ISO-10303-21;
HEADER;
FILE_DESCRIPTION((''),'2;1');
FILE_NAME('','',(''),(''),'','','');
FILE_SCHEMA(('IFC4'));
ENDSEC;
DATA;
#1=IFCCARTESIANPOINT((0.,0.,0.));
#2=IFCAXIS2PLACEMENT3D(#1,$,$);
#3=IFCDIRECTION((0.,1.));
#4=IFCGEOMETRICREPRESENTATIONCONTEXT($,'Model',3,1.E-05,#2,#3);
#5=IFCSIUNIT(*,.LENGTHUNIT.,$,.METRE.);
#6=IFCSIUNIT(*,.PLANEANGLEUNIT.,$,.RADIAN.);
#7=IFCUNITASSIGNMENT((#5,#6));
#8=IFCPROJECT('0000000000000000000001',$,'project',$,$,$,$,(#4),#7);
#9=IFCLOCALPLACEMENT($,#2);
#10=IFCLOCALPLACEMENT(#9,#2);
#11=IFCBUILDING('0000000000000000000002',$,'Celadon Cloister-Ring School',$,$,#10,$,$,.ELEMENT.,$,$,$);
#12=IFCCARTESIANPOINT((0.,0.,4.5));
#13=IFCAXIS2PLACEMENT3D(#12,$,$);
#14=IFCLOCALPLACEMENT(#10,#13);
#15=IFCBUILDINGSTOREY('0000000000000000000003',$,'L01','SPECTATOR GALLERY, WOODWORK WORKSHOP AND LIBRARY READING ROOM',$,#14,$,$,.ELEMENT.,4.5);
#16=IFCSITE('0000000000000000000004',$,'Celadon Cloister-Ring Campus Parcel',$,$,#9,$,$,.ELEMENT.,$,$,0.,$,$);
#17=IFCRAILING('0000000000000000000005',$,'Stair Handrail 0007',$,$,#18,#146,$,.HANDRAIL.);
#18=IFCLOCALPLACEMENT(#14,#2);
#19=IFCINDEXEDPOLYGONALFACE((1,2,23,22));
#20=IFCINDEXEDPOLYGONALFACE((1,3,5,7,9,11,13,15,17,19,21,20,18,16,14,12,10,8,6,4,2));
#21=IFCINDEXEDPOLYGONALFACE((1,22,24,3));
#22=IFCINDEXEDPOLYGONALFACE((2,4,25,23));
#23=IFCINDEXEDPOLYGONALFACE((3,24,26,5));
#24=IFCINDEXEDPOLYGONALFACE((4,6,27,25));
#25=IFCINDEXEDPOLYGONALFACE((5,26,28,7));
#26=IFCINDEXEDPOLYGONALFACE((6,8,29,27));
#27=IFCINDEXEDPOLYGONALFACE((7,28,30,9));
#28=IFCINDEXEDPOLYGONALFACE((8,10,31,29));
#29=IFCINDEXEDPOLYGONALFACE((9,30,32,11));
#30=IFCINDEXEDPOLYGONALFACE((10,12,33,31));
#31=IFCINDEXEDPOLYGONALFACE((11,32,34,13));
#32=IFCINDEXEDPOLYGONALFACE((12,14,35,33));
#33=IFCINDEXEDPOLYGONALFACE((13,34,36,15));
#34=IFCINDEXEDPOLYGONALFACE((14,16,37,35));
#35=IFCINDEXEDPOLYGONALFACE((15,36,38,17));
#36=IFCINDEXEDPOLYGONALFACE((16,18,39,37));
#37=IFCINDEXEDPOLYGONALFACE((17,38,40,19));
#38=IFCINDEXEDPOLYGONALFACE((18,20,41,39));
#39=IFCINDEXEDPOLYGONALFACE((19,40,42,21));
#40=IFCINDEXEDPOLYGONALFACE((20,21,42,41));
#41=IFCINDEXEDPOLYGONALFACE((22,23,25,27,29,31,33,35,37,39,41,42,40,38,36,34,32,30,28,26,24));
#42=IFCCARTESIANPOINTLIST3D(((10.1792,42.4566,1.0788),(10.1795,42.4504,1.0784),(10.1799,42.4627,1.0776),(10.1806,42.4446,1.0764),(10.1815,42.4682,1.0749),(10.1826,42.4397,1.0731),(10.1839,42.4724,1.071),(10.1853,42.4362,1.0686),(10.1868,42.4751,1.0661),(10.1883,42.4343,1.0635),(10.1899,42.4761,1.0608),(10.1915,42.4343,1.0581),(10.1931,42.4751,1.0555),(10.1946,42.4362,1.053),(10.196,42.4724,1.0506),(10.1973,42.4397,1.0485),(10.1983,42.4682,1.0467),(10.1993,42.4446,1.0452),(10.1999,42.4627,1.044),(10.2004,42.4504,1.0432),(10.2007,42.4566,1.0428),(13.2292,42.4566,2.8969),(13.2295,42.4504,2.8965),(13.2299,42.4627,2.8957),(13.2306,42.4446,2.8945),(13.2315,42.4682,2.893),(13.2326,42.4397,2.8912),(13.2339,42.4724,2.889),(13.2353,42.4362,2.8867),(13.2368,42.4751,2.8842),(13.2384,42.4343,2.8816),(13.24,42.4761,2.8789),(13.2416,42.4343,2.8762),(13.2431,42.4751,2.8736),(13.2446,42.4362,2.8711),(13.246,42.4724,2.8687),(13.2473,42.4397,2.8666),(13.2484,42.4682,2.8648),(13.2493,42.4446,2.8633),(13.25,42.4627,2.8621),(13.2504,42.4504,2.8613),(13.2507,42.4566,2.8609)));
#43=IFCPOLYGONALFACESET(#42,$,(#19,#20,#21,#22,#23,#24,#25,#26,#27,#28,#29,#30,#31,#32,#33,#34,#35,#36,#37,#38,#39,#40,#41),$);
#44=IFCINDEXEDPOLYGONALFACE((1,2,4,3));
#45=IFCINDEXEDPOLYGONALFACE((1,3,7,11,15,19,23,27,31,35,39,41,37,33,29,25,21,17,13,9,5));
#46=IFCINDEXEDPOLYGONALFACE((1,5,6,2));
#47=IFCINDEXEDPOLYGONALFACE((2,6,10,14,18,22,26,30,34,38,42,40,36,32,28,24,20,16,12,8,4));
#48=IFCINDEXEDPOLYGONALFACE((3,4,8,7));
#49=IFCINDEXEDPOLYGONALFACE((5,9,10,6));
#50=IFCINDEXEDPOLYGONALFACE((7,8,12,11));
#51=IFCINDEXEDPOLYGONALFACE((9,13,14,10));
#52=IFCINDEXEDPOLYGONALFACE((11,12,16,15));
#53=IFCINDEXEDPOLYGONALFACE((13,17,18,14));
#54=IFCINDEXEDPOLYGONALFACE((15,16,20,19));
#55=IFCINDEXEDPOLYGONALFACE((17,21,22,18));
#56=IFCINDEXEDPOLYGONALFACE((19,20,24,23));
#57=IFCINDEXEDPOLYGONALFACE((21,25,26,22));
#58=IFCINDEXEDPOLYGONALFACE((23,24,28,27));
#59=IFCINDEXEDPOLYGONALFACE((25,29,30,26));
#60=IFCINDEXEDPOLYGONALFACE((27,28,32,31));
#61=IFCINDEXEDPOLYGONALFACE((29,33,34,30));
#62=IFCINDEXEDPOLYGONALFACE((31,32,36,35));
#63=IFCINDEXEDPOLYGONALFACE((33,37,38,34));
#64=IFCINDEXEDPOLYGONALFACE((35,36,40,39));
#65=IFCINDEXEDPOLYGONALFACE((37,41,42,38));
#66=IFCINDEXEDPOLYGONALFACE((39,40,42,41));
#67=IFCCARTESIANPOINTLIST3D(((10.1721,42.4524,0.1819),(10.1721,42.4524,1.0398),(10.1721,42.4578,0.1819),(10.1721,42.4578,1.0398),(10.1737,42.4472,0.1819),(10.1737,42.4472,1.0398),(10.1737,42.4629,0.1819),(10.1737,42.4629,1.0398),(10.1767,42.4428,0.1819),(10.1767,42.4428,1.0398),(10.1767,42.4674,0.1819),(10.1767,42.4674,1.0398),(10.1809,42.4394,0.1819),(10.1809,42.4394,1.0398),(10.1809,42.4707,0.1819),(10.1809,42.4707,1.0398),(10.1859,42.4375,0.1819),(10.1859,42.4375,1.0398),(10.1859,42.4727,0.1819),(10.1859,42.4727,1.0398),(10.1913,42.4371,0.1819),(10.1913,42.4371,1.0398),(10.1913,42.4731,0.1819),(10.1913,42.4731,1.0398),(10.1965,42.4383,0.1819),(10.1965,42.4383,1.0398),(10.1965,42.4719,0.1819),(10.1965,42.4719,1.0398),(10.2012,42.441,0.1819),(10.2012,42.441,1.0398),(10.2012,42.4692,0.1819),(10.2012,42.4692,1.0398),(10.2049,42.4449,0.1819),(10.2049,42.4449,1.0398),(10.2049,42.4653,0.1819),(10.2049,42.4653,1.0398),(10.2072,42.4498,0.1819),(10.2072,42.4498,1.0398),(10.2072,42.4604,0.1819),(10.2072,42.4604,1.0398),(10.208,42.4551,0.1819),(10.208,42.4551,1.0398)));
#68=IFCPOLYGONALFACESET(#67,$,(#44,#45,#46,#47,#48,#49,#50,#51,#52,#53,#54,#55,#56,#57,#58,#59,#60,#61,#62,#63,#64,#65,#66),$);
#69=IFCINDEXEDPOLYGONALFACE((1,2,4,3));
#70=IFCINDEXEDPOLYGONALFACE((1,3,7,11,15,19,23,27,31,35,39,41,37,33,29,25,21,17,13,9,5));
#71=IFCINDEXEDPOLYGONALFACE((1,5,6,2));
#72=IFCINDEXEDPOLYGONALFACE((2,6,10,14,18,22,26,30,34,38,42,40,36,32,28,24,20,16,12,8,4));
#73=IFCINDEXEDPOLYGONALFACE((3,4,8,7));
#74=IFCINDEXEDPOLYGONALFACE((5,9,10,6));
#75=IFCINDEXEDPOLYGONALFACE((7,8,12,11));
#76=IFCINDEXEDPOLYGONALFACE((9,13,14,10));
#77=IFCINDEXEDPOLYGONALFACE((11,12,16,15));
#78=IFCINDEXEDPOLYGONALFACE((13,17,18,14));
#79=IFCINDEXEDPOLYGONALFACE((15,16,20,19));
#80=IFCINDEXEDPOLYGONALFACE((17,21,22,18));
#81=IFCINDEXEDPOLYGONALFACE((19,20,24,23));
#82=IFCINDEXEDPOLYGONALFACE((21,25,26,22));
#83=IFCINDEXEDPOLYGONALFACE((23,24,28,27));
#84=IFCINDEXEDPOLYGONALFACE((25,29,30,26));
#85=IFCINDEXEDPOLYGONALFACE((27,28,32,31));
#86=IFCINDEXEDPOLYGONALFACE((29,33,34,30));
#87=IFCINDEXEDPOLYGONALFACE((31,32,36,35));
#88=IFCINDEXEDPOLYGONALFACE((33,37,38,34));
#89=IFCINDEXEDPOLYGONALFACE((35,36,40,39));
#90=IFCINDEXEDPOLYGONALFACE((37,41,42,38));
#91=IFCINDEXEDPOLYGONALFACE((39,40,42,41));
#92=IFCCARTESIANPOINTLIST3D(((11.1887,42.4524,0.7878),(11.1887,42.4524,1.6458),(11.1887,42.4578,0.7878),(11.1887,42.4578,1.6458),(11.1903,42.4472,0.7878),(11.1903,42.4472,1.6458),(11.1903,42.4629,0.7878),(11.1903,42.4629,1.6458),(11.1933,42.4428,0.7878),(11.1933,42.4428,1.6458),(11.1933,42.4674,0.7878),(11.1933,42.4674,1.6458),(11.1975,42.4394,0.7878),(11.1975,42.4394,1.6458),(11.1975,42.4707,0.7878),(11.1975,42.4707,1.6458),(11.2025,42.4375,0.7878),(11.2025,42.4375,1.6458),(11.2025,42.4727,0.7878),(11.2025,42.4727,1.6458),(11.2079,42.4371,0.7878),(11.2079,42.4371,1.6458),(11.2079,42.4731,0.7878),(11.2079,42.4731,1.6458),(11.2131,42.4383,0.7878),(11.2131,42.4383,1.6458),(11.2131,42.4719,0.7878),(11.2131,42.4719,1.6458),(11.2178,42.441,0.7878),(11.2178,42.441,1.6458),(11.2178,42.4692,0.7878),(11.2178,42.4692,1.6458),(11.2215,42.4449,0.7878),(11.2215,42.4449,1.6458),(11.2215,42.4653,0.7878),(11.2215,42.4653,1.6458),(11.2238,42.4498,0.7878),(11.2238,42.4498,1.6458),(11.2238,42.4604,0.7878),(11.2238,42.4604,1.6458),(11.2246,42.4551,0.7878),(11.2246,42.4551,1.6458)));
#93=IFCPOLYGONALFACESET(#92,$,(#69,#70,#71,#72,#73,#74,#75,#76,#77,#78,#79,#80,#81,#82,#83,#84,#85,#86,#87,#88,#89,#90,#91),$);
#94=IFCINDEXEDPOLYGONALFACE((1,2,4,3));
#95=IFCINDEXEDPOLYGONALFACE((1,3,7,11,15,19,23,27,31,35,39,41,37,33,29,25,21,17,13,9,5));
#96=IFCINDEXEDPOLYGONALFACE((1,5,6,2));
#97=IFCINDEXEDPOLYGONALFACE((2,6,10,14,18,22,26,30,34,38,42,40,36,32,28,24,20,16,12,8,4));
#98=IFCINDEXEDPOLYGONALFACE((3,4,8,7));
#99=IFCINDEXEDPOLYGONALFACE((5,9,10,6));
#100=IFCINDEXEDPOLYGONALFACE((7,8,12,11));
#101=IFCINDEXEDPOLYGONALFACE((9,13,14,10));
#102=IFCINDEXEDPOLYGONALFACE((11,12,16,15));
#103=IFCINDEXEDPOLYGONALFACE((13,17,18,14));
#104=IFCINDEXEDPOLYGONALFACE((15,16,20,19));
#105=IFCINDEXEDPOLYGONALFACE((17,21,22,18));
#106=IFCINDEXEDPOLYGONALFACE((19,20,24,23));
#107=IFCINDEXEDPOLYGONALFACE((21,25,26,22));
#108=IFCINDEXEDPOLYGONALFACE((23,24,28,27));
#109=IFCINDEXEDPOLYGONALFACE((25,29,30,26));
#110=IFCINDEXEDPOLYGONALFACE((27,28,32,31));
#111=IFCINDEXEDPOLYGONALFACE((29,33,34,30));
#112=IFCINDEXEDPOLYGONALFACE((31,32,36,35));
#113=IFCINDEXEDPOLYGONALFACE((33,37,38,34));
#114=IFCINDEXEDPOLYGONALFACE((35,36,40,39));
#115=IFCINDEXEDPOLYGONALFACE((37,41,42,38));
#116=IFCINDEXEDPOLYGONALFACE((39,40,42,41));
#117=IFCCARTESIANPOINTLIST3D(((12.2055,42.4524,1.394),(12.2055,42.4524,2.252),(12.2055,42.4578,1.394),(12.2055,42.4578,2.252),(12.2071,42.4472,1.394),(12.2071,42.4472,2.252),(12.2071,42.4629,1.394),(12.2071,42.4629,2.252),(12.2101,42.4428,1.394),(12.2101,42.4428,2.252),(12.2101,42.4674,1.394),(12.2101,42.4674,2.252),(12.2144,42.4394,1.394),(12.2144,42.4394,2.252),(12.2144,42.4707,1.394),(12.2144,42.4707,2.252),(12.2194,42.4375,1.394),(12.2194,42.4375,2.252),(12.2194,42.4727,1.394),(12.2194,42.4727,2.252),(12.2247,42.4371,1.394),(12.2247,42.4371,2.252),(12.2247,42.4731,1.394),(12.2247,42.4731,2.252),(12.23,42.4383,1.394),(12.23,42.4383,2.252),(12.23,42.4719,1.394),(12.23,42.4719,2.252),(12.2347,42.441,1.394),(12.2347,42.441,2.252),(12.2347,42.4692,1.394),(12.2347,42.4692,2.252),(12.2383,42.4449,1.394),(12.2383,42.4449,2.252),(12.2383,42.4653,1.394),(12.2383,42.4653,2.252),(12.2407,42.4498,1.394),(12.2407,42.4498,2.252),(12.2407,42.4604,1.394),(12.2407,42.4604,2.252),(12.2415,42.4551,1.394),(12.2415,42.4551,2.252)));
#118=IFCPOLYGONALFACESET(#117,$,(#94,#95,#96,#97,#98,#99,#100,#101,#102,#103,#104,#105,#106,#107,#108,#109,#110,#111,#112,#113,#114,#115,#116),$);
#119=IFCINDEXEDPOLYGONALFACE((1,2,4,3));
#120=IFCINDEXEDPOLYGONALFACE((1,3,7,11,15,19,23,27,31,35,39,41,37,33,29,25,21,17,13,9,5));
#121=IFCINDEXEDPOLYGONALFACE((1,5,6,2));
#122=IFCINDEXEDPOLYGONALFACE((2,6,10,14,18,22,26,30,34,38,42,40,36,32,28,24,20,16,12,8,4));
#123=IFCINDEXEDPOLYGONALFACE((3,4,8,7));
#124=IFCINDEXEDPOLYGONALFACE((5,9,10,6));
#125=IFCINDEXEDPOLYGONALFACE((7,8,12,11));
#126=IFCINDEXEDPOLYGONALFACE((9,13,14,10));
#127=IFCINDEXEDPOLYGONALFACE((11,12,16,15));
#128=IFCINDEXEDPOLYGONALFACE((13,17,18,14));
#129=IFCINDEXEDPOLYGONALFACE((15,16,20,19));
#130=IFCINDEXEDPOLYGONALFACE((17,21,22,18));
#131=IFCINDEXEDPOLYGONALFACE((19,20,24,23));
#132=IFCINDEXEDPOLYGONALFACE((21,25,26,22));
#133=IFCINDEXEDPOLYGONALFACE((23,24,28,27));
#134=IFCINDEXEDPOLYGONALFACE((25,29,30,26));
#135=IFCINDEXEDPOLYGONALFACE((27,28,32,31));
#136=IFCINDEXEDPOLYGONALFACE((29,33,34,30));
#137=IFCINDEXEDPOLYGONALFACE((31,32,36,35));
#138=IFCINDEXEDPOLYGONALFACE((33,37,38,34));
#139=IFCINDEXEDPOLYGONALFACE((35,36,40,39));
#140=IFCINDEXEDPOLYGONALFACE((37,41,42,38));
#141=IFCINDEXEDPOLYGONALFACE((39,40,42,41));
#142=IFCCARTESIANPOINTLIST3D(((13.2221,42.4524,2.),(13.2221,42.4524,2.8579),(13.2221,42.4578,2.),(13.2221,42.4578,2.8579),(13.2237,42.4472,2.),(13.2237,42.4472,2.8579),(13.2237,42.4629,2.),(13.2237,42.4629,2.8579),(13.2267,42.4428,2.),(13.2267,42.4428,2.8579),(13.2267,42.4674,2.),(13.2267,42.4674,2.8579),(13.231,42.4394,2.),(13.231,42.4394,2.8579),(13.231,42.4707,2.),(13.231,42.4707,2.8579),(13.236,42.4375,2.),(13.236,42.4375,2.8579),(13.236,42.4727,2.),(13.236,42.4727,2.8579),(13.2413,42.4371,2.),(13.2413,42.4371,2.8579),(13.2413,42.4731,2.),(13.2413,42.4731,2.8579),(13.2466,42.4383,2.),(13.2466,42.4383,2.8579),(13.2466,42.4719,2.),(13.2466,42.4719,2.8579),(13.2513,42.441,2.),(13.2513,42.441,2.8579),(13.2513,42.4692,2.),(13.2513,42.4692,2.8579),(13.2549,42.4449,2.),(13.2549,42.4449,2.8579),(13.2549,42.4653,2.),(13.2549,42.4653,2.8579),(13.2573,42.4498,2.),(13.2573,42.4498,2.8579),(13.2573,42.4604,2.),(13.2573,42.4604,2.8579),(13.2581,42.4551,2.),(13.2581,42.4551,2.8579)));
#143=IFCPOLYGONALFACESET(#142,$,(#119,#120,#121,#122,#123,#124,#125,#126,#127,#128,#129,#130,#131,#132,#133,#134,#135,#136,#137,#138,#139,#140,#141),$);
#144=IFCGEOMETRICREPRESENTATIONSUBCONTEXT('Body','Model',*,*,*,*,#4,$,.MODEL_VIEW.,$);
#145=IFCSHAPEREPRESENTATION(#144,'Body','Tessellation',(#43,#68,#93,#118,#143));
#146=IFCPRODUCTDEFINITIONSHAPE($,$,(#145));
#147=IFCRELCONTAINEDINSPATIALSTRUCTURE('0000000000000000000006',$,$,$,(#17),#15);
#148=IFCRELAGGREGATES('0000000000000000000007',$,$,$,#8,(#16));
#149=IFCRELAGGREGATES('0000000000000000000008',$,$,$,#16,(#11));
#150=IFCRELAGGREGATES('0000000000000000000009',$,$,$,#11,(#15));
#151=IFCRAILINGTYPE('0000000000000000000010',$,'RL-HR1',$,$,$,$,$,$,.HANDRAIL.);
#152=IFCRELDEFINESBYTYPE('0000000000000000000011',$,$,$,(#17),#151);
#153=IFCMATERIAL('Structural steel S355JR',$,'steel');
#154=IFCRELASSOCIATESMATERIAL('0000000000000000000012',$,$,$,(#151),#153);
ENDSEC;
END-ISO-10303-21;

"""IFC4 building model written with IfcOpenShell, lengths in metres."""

from ifc_helpers import new_model, si_unit, direction, frame, origin, origin_2d, place, context, subcontext, project, spatial, circle, extrude, material, type_object, element, save


model = new_model("IFC4")

# Units and contexts
model_context = context("Model", 3, precision=1e-05, world=origin(), true_north=direction((0.0, 1.0)))
body_context = subcontext(model_context, "Body", "Model", "MODEL_VIEW")
ifc_project = project(units=[si_unit("LENGTHUNIT", "METRE"), si_unit("PLANEANGLEUNIT", "RADIAN")], contexts=[model_context])

# Site, building, storey
site_placement = place(None, origin())
site = spatial("IfcSite", under=ifc_project, at=site_placement, Name="Celadon Cloister-Ring Campus Parcel", CompositionType="ELEMENT", RefElevation=0.0)
building_placement = place(site_placement, origin())
building = spatial("IfcBuilding", under=site, at=building_placement, Name="Celadon Cloister-Ring School", CompositionType="ELEMENT")
storey_placement = place(building_placement, frame((0.0, 0.0, 4.5)))
storey = spatial("IfcBuildingStorey", under=building, at=storey_placement, Name="L01", Description="SPECTATOR GALLERY, WOODWORK WORKSHOP AND LIBRARY READING ROOM", CompositionType="ELEMENT", Elevation=4.5)

# Railing
ifc_material_1 = material(Name="Structural steel S355JR", Category="steel")
railing_type_1 = type_object("IfcRailingType", Name="RL-HR1", PredefinedType="HANDRAIL", material=ifc_material_1)
for number, where, name in (
    (1, (10.1899, 42.4551, 0.1819), "Stair Handrail 0007"),
):
    element("IfcRailing", number, at=place(storey_placement, frame(where)), inside=storey, type_object=railing_type_1, Name=name, PredefinedType="HANDRAIL", context=body_context, shape_type="SweptSolid", body=[
        extrude(circle(Radius=0.021, at=origin_2d()), frame((0.0, 0.0, 0.8789), z_axis=(0.85897, 0.0, 0.512026), x_axis=(0.0, 1.0, 0.0)), (0.0, 0.0, 1.0), 3.5508),
        extrude(circle(Radius=0.0181, at=origin_2d()), origin(), (0.0, 0.0, 1.0), 0.8579),
        extrude(circle(Radius=0.0181, at=origin_2d()), frame((1.0166, 0.0, 0.606)), (0.0, 0.0, 1.0), 0.8579),
        extrude(circle(Radius=0.0181, at=origin_2d()), frame((2.0334, 0.0, 1.2122)), (0.0, 0.0, 1.0), 0.8579),
        extrude(circle(Radius=0.0181, at=origin_2d()), frame((3.05, 0.0, 1.8181)), (0.0, 0.0, 1.0), 0.8579),
    ])

save(model, "model.ifc")
